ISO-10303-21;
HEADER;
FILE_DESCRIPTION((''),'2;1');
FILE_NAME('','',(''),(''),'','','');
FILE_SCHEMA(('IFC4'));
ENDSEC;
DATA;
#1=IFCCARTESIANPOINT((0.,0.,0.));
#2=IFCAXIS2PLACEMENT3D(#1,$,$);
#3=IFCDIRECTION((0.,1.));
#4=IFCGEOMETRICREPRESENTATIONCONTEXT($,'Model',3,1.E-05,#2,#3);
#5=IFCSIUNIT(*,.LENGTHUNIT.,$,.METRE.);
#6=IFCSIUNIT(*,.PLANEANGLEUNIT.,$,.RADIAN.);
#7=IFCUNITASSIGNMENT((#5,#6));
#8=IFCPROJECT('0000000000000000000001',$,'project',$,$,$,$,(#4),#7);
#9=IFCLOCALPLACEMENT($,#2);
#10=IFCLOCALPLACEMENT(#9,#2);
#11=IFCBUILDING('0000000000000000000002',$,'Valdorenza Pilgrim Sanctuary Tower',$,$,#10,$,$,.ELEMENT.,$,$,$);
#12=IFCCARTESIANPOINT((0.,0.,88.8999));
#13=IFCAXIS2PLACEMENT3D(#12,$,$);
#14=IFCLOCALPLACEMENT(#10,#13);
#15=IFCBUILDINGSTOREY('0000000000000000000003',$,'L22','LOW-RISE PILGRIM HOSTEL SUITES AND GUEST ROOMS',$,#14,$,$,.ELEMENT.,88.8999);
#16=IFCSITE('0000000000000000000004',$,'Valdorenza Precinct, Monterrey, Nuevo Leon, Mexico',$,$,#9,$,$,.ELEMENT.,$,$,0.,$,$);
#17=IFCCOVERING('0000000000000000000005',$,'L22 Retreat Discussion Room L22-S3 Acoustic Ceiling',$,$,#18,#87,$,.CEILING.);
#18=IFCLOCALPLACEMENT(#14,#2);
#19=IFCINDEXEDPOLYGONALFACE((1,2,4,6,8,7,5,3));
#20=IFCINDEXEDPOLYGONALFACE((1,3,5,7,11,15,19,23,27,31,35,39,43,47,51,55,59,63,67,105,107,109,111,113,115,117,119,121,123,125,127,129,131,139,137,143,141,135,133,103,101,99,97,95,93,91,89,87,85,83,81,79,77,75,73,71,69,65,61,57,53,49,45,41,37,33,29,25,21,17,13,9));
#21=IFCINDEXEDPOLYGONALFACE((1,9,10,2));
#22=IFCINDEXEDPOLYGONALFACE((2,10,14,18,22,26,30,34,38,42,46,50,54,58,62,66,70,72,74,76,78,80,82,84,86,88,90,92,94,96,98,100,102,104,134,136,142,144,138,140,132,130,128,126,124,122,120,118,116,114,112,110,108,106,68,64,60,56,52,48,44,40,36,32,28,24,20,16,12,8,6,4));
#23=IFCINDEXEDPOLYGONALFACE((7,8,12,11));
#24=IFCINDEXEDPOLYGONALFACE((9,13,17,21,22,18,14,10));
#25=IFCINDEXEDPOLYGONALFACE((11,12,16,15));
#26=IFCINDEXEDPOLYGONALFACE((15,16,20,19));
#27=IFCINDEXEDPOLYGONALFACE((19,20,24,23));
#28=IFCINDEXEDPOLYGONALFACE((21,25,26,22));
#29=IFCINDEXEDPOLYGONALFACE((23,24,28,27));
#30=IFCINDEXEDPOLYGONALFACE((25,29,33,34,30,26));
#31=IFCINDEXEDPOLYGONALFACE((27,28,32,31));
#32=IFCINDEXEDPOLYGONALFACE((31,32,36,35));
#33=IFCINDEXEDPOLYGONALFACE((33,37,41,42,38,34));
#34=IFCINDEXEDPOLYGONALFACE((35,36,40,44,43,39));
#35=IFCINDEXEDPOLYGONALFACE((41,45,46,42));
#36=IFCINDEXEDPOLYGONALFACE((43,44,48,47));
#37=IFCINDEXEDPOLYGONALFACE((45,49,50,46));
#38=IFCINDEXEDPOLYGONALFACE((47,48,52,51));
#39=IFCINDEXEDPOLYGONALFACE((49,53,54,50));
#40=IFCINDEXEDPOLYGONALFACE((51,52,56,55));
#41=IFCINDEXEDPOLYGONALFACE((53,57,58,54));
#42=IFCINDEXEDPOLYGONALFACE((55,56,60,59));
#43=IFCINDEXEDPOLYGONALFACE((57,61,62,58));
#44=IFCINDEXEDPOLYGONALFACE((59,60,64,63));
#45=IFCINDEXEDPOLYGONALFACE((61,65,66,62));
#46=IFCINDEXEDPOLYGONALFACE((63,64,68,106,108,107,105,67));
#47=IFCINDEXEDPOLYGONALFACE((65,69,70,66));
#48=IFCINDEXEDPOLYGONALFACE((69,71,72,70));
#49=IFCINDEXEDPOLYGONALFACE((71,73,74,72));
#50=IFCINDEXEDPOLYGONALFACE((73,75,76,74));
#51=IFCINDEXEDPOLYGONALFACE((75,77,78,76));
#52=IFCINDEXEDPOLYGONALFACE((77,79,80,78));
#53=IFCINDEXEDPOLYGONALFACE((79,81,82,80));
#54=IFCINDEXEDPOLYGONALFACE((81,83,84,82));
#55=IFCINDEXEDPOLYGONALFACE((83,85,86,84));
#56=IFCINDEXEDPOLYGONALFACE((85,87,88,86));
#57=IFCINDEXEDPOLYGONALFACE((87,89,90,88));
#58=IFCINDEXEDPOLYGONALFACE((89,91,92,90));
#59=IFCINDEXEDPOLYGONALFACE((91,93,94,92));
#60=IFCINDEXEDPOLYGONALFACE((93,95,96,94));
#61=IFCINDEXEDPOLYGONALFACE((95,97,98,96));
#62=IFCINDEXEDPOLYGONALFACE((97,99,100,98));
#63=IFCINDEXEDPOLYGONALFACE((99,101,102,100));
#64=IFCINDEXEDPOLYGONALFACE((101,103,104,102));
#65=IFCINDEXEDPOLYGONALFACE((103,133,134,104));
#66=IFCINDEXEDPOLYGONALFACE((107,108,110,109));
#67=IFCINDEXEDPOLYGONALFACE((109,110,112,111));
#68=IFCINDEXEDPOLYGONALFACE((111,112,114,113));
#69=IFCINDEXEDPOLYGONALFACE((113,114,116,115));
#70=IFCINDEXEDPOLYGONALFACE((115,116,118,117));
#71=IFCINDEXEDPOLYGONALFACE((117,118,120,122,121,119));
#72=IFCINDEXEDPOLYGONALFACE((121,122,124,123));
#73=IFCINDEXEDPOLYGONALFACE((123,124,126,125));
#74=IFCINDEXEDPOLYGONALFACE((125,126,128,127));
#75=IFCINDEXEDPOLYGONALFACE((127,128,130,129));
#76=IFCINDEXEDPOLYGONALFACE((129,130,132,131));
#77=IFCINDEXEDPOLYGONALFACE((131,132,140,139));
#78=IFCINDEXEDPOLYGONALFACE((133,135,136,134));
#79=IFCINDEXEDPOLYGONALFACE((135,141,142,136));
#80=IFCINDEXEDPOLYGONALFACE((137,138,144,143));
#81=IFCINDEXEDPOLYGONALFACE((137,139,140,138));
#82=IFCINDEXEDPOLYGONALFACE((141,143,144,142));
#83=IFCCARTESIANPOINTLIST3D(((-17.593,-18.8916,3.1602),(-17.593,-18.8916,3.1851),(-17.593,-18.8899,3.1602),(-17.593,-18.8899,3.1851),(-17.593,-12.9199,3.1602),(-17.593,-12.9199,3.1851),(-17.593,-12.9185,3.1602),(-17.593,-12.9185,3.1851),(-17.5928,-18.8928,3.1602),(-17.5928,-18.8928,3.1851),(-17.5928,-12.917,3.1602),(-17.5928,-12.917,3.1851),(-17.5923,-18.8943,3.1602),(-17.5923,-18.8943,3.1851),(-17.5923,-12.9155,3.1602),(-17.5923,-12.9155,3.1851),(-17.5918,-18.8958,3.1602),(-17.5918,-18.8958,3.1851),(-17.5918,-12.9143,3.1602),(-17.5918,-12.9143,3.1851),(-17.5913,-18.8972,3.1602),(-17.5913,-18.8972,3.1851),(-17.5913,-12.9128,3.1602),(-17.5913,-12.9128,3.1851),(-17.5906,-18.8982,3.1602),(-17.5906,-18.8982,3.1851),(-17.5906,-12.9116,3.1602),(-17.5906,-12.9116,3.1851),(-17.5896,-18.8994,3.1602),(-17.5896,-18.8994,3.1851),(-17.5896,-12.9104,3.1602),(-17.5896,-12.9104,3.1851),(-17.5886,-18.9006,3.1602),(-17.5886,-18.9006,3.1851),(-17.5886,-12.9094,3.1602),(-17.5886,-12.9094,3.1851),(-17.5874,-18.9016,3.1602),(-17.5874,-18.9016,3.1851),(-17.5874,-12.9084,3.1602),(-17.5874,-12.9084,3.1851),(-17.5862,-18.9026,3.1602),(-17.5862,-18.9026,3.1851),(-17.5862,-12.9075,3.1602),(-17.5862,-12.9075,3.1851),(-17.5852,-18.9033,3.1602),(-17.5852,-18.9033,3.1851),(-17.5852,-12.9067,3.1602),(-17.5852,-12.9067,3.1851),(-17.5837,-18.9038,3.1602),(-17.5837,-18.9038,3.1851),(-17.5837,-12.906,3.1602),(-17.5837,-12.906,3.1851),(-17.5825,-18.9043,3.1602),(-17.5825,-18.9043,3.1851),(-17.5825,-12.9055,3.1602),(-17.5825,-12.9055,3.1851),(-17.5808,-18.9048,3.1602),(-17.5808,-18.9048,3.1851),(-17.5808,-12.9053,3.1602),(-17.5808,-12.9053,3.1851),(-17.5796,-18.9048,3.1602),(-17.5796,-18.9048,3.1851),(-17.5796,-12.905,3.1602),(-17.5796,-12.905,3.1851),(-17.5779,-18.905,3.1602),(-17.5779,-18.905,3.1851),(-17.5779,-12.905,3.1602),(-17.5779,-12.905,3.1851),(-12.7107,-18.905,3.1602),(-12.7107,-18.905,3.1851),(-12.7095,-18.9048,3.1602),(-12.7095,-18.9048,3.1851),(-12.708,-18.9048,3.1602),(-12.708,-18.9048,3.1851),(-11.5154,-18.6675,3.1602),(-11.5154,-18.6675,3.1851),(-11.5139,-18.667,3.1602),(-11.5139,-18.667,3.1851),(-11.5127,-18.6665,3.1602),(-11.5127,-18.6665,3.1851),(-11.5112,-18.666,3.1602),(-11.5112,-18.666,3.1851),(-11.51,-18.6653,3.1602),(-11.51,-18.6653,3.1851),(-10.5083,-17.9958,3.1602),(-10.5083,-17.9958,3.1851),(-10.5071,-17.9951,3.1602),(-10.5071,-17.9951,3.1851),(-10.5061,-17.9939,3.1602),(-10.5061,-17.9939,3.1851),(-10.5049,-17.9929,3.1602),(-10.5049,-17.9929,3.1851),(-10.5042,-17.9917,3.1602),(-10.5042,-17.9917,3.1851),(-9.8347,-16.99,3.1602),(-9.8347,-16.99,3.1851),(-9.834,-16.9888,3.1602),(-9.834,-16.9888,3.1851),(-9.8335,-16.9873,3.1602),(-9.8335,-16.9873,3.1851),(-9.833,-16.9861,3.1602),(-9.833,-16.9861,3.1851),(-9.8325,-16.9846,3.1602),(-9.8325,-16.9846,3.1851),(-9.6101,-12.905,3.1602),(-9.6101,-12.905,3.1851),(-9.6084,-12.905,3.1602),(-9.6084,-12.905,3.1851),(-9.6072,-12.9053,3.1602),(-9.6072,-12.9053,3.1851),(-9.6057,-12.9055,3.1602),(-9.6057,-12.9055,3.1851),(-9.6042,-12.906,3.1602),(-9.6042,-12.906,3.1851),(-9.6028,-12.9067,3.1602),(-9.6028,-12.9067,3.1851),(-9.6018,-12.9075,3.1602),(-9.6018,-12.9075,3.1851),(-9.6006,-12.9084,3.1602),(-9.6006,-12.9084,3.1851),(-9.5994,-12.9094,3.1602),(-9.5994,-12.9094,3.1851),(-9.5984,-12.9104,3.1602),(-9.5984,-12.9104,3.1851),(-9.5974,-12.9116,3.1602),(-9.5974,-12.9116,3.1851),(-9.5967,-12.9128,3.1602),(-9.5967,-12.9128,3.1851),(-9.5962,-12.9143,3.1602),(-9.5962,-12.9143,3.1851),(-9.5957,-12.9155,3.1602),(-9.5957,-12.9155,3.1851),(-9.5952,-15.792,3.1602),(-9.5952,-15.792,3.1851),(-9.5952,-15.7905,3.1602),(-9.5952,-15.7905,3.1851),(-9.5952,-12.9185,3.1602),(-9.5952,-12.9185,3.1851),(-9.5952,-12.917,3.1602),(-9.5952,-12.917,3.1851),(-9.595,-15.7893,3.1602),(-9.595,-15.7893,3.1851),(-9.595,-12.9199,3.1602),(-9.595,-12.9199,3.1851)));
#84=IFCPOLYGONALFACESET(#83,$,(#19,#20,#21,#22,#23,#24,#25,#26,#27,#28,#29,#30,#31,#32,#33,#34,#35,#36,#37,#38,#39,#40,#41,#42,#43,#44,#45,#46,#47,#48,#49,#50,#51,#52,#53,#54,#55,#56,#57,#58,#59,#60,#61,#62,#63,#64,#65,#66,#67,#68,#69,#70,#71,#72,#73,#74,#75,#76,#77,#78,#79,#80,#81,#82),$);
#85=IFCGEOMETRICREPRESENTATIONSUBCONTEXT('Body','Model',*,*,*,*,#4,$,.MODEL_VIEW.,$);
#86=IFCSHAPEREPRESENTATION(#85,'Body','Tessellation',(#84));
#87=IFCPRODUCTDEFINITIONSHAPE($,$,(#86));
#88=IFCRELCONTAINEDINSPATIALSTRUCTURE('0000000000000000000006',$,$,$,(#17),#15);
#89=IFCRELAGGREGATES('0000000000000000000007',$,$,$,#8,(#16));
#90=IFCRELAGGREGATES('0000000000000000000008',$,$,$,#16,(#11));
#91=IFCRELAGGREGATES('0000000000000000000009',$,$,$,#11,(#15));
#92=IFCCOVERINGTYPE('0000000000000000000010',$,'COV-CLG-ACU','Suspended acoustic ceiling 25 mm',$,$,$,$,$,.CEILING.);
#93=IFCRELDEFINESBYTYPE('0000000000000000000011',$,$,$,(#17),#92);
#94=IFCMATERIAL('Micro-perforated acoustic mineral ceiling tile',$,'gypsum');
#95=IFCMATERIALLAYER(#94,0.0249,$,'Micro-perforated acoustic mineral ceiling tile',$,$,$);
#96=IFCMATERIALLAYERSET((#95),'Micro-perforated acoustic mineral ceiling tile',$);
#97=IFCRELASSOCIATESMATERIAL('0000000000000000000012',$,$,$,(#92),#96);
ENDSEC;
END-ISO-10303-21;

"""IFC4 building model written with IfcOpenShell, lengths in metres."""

from ifc_helpers import new_model, si_unit, direction, frame, origin, place, context, subcontext, project, spatial, polyline, outline, extrude, material, layer, layer_set, type_object, element, save


model = new_model("IFC4")

# Units and contexts
model_context = context("Model", 3, precision=1e-05, world=origin(), true_north=direction((0.0, 1.0)))
body_context = subcontext(model_context, "Body", "Model", "MODEL_VIEW")
ifc_project = project(units=[si_unit("LENGTHUNIT", "METRE"), si_unit("PLANEANGLEUNIT", "RADIAN")], contexts=[model_context])

# Site, building, storey
site_placement = place(None, origin())
site = spatial("IfcSite", under=ifc_project, at=site_placement, Name="Valdorenza Precinct, Monterrey, Nuevo Leon, Mexico", CompositionType="ELEMENT", RefElevation=0.0)
building_placement = place(site_placement, origin())
building = spatial("IfcBuilding", under=site, at=building_placement, Name="Valdorenza Pilgrim Sanctuary Tower", CompositionType="ELEMENT")
storey_placement = place(building_placement, frame((0.0, 0.0, 88.8999)))
storey = spatial("IfcBuildingStorey", under=building, at=storey_placement, Name="L22", Description="LOW-RISE PILGRIM HOSTEL SUITES AND GUEST ROOMS", CompositionType="ELEMENT", Elevation=88.8999)

# Covering
ifc_material_1 = material(Name="Micro-perforated acoustic mineral ceiling tile", Category="gypsum")
ifc_layer_1 = layer(ifc_material_1, 0.0249, Name="Micro-perforated acoustic mineral ceiling tile")
ifc_layer_set_1 = layer_set([ifc_layer_1], Name="Micro-perforated acoustic mineral ceiling tile")
covering_type_1 = type_object("IfcCoveringType", Name="COV-CLG-ACU", Description="Suspended acoustic ceiling 25 mm", PredefinedType="CEILING", material=ifc_layer_set_1)
covering_1_placement = place(storey_placement, frame((0.0, 0.0, 3.1602)))
element("IfcCovering", 1, at=covering_1_placement, inside=storey, type_object=covering_type_1, Name="L22 Retreat Discussion Room L22-S3 Acoustic Ceiling", PredefinedType="CEILING", context=body_context, shape_type="SweptSolid", body=[
    extrude(outline(polyline([(-9.6101, -12.905), (-9.6084, -12.905), (-9.6072, -12.9053), (-9.6057, -12.9055), (-9.6042, -12.906), (-9.6028, -12.9067), (-9.6018, -12.9075), (-9.6006, -12.9084), (-9.5994, -12.9094), (-9.5984, -12.9104), (-9.5974, -12.9116), (-9.5967, -12.9128), (-9.5962, -12.9143), (-9.5957, -12.9155), (-9.5952, -12.917), (-9.5952, -12.9185), (-9.595, -12.9199), (-9.595, -15.7893), (-9.5952, -15.7905), (-9.5952, -15.792), (-9.8325, -16.9846), (-9.833, -16.9861), (-9.8335, -16.9873), (-9.834, -16.9888), (-9.8347, -16.99), (-10.5042, -17.9917), (-10.5049, -17.9929), (-10.5061, -17.9939), (-10.5071, -17.9951), (-10.5083, -17.9958), (-11.51, -18.6653), (-11.5112, -18.666), (-11.5127, -18.6665), (-11.5139, -18.667), (-11.5154, -18.6675), (-12.708, -18.9048), (-12.7095, -18.9048), (-12.7107, -18.905), (-17.5779, -18.905), (-17.5796, -18.9048), (-17.5808, -18.9048), (-17.5825, -18.9043), (-17.5837, -18.9038), (-17.5852, -18.9033), (-17.5862, -18.9026), (-17.5874, -18.9016), (-17.5886, -18.9006), (-17.5896, -18.8994), (-17.5906, -18.8982), (-17.5913, -18.8972), (-17.5918, -18.8958), (-17.5923, -18.8943), (-17.5928, -18.8928), (-17.593, -18.8916), (-17.593, -18.8899), (-17.593, -12.9199), (-17.593, -12.9185), (-17.5928, -12.917), (-17.5923, -12.9155), (-17.5918, -12.9143), (-17.5913, -12.9128), (-17.5906, -12.9116), (-17.5896, -12.9104), (-17.5886, -12.9094), (-17.5874, -12.9084), (-17.5862, -12.9075), (-17.5852, -12.9067), (-17.5837, -12.906), (-17.5825, -12.9055), (-17.5808, -12.9053), (-17.5796, -12.905), (-17.5779, -12.905), (-9.6101, -12.905)])), origin(), (0.0, 0.0, 1.0), 0.0249),
])

save(model, "model.ifc")
